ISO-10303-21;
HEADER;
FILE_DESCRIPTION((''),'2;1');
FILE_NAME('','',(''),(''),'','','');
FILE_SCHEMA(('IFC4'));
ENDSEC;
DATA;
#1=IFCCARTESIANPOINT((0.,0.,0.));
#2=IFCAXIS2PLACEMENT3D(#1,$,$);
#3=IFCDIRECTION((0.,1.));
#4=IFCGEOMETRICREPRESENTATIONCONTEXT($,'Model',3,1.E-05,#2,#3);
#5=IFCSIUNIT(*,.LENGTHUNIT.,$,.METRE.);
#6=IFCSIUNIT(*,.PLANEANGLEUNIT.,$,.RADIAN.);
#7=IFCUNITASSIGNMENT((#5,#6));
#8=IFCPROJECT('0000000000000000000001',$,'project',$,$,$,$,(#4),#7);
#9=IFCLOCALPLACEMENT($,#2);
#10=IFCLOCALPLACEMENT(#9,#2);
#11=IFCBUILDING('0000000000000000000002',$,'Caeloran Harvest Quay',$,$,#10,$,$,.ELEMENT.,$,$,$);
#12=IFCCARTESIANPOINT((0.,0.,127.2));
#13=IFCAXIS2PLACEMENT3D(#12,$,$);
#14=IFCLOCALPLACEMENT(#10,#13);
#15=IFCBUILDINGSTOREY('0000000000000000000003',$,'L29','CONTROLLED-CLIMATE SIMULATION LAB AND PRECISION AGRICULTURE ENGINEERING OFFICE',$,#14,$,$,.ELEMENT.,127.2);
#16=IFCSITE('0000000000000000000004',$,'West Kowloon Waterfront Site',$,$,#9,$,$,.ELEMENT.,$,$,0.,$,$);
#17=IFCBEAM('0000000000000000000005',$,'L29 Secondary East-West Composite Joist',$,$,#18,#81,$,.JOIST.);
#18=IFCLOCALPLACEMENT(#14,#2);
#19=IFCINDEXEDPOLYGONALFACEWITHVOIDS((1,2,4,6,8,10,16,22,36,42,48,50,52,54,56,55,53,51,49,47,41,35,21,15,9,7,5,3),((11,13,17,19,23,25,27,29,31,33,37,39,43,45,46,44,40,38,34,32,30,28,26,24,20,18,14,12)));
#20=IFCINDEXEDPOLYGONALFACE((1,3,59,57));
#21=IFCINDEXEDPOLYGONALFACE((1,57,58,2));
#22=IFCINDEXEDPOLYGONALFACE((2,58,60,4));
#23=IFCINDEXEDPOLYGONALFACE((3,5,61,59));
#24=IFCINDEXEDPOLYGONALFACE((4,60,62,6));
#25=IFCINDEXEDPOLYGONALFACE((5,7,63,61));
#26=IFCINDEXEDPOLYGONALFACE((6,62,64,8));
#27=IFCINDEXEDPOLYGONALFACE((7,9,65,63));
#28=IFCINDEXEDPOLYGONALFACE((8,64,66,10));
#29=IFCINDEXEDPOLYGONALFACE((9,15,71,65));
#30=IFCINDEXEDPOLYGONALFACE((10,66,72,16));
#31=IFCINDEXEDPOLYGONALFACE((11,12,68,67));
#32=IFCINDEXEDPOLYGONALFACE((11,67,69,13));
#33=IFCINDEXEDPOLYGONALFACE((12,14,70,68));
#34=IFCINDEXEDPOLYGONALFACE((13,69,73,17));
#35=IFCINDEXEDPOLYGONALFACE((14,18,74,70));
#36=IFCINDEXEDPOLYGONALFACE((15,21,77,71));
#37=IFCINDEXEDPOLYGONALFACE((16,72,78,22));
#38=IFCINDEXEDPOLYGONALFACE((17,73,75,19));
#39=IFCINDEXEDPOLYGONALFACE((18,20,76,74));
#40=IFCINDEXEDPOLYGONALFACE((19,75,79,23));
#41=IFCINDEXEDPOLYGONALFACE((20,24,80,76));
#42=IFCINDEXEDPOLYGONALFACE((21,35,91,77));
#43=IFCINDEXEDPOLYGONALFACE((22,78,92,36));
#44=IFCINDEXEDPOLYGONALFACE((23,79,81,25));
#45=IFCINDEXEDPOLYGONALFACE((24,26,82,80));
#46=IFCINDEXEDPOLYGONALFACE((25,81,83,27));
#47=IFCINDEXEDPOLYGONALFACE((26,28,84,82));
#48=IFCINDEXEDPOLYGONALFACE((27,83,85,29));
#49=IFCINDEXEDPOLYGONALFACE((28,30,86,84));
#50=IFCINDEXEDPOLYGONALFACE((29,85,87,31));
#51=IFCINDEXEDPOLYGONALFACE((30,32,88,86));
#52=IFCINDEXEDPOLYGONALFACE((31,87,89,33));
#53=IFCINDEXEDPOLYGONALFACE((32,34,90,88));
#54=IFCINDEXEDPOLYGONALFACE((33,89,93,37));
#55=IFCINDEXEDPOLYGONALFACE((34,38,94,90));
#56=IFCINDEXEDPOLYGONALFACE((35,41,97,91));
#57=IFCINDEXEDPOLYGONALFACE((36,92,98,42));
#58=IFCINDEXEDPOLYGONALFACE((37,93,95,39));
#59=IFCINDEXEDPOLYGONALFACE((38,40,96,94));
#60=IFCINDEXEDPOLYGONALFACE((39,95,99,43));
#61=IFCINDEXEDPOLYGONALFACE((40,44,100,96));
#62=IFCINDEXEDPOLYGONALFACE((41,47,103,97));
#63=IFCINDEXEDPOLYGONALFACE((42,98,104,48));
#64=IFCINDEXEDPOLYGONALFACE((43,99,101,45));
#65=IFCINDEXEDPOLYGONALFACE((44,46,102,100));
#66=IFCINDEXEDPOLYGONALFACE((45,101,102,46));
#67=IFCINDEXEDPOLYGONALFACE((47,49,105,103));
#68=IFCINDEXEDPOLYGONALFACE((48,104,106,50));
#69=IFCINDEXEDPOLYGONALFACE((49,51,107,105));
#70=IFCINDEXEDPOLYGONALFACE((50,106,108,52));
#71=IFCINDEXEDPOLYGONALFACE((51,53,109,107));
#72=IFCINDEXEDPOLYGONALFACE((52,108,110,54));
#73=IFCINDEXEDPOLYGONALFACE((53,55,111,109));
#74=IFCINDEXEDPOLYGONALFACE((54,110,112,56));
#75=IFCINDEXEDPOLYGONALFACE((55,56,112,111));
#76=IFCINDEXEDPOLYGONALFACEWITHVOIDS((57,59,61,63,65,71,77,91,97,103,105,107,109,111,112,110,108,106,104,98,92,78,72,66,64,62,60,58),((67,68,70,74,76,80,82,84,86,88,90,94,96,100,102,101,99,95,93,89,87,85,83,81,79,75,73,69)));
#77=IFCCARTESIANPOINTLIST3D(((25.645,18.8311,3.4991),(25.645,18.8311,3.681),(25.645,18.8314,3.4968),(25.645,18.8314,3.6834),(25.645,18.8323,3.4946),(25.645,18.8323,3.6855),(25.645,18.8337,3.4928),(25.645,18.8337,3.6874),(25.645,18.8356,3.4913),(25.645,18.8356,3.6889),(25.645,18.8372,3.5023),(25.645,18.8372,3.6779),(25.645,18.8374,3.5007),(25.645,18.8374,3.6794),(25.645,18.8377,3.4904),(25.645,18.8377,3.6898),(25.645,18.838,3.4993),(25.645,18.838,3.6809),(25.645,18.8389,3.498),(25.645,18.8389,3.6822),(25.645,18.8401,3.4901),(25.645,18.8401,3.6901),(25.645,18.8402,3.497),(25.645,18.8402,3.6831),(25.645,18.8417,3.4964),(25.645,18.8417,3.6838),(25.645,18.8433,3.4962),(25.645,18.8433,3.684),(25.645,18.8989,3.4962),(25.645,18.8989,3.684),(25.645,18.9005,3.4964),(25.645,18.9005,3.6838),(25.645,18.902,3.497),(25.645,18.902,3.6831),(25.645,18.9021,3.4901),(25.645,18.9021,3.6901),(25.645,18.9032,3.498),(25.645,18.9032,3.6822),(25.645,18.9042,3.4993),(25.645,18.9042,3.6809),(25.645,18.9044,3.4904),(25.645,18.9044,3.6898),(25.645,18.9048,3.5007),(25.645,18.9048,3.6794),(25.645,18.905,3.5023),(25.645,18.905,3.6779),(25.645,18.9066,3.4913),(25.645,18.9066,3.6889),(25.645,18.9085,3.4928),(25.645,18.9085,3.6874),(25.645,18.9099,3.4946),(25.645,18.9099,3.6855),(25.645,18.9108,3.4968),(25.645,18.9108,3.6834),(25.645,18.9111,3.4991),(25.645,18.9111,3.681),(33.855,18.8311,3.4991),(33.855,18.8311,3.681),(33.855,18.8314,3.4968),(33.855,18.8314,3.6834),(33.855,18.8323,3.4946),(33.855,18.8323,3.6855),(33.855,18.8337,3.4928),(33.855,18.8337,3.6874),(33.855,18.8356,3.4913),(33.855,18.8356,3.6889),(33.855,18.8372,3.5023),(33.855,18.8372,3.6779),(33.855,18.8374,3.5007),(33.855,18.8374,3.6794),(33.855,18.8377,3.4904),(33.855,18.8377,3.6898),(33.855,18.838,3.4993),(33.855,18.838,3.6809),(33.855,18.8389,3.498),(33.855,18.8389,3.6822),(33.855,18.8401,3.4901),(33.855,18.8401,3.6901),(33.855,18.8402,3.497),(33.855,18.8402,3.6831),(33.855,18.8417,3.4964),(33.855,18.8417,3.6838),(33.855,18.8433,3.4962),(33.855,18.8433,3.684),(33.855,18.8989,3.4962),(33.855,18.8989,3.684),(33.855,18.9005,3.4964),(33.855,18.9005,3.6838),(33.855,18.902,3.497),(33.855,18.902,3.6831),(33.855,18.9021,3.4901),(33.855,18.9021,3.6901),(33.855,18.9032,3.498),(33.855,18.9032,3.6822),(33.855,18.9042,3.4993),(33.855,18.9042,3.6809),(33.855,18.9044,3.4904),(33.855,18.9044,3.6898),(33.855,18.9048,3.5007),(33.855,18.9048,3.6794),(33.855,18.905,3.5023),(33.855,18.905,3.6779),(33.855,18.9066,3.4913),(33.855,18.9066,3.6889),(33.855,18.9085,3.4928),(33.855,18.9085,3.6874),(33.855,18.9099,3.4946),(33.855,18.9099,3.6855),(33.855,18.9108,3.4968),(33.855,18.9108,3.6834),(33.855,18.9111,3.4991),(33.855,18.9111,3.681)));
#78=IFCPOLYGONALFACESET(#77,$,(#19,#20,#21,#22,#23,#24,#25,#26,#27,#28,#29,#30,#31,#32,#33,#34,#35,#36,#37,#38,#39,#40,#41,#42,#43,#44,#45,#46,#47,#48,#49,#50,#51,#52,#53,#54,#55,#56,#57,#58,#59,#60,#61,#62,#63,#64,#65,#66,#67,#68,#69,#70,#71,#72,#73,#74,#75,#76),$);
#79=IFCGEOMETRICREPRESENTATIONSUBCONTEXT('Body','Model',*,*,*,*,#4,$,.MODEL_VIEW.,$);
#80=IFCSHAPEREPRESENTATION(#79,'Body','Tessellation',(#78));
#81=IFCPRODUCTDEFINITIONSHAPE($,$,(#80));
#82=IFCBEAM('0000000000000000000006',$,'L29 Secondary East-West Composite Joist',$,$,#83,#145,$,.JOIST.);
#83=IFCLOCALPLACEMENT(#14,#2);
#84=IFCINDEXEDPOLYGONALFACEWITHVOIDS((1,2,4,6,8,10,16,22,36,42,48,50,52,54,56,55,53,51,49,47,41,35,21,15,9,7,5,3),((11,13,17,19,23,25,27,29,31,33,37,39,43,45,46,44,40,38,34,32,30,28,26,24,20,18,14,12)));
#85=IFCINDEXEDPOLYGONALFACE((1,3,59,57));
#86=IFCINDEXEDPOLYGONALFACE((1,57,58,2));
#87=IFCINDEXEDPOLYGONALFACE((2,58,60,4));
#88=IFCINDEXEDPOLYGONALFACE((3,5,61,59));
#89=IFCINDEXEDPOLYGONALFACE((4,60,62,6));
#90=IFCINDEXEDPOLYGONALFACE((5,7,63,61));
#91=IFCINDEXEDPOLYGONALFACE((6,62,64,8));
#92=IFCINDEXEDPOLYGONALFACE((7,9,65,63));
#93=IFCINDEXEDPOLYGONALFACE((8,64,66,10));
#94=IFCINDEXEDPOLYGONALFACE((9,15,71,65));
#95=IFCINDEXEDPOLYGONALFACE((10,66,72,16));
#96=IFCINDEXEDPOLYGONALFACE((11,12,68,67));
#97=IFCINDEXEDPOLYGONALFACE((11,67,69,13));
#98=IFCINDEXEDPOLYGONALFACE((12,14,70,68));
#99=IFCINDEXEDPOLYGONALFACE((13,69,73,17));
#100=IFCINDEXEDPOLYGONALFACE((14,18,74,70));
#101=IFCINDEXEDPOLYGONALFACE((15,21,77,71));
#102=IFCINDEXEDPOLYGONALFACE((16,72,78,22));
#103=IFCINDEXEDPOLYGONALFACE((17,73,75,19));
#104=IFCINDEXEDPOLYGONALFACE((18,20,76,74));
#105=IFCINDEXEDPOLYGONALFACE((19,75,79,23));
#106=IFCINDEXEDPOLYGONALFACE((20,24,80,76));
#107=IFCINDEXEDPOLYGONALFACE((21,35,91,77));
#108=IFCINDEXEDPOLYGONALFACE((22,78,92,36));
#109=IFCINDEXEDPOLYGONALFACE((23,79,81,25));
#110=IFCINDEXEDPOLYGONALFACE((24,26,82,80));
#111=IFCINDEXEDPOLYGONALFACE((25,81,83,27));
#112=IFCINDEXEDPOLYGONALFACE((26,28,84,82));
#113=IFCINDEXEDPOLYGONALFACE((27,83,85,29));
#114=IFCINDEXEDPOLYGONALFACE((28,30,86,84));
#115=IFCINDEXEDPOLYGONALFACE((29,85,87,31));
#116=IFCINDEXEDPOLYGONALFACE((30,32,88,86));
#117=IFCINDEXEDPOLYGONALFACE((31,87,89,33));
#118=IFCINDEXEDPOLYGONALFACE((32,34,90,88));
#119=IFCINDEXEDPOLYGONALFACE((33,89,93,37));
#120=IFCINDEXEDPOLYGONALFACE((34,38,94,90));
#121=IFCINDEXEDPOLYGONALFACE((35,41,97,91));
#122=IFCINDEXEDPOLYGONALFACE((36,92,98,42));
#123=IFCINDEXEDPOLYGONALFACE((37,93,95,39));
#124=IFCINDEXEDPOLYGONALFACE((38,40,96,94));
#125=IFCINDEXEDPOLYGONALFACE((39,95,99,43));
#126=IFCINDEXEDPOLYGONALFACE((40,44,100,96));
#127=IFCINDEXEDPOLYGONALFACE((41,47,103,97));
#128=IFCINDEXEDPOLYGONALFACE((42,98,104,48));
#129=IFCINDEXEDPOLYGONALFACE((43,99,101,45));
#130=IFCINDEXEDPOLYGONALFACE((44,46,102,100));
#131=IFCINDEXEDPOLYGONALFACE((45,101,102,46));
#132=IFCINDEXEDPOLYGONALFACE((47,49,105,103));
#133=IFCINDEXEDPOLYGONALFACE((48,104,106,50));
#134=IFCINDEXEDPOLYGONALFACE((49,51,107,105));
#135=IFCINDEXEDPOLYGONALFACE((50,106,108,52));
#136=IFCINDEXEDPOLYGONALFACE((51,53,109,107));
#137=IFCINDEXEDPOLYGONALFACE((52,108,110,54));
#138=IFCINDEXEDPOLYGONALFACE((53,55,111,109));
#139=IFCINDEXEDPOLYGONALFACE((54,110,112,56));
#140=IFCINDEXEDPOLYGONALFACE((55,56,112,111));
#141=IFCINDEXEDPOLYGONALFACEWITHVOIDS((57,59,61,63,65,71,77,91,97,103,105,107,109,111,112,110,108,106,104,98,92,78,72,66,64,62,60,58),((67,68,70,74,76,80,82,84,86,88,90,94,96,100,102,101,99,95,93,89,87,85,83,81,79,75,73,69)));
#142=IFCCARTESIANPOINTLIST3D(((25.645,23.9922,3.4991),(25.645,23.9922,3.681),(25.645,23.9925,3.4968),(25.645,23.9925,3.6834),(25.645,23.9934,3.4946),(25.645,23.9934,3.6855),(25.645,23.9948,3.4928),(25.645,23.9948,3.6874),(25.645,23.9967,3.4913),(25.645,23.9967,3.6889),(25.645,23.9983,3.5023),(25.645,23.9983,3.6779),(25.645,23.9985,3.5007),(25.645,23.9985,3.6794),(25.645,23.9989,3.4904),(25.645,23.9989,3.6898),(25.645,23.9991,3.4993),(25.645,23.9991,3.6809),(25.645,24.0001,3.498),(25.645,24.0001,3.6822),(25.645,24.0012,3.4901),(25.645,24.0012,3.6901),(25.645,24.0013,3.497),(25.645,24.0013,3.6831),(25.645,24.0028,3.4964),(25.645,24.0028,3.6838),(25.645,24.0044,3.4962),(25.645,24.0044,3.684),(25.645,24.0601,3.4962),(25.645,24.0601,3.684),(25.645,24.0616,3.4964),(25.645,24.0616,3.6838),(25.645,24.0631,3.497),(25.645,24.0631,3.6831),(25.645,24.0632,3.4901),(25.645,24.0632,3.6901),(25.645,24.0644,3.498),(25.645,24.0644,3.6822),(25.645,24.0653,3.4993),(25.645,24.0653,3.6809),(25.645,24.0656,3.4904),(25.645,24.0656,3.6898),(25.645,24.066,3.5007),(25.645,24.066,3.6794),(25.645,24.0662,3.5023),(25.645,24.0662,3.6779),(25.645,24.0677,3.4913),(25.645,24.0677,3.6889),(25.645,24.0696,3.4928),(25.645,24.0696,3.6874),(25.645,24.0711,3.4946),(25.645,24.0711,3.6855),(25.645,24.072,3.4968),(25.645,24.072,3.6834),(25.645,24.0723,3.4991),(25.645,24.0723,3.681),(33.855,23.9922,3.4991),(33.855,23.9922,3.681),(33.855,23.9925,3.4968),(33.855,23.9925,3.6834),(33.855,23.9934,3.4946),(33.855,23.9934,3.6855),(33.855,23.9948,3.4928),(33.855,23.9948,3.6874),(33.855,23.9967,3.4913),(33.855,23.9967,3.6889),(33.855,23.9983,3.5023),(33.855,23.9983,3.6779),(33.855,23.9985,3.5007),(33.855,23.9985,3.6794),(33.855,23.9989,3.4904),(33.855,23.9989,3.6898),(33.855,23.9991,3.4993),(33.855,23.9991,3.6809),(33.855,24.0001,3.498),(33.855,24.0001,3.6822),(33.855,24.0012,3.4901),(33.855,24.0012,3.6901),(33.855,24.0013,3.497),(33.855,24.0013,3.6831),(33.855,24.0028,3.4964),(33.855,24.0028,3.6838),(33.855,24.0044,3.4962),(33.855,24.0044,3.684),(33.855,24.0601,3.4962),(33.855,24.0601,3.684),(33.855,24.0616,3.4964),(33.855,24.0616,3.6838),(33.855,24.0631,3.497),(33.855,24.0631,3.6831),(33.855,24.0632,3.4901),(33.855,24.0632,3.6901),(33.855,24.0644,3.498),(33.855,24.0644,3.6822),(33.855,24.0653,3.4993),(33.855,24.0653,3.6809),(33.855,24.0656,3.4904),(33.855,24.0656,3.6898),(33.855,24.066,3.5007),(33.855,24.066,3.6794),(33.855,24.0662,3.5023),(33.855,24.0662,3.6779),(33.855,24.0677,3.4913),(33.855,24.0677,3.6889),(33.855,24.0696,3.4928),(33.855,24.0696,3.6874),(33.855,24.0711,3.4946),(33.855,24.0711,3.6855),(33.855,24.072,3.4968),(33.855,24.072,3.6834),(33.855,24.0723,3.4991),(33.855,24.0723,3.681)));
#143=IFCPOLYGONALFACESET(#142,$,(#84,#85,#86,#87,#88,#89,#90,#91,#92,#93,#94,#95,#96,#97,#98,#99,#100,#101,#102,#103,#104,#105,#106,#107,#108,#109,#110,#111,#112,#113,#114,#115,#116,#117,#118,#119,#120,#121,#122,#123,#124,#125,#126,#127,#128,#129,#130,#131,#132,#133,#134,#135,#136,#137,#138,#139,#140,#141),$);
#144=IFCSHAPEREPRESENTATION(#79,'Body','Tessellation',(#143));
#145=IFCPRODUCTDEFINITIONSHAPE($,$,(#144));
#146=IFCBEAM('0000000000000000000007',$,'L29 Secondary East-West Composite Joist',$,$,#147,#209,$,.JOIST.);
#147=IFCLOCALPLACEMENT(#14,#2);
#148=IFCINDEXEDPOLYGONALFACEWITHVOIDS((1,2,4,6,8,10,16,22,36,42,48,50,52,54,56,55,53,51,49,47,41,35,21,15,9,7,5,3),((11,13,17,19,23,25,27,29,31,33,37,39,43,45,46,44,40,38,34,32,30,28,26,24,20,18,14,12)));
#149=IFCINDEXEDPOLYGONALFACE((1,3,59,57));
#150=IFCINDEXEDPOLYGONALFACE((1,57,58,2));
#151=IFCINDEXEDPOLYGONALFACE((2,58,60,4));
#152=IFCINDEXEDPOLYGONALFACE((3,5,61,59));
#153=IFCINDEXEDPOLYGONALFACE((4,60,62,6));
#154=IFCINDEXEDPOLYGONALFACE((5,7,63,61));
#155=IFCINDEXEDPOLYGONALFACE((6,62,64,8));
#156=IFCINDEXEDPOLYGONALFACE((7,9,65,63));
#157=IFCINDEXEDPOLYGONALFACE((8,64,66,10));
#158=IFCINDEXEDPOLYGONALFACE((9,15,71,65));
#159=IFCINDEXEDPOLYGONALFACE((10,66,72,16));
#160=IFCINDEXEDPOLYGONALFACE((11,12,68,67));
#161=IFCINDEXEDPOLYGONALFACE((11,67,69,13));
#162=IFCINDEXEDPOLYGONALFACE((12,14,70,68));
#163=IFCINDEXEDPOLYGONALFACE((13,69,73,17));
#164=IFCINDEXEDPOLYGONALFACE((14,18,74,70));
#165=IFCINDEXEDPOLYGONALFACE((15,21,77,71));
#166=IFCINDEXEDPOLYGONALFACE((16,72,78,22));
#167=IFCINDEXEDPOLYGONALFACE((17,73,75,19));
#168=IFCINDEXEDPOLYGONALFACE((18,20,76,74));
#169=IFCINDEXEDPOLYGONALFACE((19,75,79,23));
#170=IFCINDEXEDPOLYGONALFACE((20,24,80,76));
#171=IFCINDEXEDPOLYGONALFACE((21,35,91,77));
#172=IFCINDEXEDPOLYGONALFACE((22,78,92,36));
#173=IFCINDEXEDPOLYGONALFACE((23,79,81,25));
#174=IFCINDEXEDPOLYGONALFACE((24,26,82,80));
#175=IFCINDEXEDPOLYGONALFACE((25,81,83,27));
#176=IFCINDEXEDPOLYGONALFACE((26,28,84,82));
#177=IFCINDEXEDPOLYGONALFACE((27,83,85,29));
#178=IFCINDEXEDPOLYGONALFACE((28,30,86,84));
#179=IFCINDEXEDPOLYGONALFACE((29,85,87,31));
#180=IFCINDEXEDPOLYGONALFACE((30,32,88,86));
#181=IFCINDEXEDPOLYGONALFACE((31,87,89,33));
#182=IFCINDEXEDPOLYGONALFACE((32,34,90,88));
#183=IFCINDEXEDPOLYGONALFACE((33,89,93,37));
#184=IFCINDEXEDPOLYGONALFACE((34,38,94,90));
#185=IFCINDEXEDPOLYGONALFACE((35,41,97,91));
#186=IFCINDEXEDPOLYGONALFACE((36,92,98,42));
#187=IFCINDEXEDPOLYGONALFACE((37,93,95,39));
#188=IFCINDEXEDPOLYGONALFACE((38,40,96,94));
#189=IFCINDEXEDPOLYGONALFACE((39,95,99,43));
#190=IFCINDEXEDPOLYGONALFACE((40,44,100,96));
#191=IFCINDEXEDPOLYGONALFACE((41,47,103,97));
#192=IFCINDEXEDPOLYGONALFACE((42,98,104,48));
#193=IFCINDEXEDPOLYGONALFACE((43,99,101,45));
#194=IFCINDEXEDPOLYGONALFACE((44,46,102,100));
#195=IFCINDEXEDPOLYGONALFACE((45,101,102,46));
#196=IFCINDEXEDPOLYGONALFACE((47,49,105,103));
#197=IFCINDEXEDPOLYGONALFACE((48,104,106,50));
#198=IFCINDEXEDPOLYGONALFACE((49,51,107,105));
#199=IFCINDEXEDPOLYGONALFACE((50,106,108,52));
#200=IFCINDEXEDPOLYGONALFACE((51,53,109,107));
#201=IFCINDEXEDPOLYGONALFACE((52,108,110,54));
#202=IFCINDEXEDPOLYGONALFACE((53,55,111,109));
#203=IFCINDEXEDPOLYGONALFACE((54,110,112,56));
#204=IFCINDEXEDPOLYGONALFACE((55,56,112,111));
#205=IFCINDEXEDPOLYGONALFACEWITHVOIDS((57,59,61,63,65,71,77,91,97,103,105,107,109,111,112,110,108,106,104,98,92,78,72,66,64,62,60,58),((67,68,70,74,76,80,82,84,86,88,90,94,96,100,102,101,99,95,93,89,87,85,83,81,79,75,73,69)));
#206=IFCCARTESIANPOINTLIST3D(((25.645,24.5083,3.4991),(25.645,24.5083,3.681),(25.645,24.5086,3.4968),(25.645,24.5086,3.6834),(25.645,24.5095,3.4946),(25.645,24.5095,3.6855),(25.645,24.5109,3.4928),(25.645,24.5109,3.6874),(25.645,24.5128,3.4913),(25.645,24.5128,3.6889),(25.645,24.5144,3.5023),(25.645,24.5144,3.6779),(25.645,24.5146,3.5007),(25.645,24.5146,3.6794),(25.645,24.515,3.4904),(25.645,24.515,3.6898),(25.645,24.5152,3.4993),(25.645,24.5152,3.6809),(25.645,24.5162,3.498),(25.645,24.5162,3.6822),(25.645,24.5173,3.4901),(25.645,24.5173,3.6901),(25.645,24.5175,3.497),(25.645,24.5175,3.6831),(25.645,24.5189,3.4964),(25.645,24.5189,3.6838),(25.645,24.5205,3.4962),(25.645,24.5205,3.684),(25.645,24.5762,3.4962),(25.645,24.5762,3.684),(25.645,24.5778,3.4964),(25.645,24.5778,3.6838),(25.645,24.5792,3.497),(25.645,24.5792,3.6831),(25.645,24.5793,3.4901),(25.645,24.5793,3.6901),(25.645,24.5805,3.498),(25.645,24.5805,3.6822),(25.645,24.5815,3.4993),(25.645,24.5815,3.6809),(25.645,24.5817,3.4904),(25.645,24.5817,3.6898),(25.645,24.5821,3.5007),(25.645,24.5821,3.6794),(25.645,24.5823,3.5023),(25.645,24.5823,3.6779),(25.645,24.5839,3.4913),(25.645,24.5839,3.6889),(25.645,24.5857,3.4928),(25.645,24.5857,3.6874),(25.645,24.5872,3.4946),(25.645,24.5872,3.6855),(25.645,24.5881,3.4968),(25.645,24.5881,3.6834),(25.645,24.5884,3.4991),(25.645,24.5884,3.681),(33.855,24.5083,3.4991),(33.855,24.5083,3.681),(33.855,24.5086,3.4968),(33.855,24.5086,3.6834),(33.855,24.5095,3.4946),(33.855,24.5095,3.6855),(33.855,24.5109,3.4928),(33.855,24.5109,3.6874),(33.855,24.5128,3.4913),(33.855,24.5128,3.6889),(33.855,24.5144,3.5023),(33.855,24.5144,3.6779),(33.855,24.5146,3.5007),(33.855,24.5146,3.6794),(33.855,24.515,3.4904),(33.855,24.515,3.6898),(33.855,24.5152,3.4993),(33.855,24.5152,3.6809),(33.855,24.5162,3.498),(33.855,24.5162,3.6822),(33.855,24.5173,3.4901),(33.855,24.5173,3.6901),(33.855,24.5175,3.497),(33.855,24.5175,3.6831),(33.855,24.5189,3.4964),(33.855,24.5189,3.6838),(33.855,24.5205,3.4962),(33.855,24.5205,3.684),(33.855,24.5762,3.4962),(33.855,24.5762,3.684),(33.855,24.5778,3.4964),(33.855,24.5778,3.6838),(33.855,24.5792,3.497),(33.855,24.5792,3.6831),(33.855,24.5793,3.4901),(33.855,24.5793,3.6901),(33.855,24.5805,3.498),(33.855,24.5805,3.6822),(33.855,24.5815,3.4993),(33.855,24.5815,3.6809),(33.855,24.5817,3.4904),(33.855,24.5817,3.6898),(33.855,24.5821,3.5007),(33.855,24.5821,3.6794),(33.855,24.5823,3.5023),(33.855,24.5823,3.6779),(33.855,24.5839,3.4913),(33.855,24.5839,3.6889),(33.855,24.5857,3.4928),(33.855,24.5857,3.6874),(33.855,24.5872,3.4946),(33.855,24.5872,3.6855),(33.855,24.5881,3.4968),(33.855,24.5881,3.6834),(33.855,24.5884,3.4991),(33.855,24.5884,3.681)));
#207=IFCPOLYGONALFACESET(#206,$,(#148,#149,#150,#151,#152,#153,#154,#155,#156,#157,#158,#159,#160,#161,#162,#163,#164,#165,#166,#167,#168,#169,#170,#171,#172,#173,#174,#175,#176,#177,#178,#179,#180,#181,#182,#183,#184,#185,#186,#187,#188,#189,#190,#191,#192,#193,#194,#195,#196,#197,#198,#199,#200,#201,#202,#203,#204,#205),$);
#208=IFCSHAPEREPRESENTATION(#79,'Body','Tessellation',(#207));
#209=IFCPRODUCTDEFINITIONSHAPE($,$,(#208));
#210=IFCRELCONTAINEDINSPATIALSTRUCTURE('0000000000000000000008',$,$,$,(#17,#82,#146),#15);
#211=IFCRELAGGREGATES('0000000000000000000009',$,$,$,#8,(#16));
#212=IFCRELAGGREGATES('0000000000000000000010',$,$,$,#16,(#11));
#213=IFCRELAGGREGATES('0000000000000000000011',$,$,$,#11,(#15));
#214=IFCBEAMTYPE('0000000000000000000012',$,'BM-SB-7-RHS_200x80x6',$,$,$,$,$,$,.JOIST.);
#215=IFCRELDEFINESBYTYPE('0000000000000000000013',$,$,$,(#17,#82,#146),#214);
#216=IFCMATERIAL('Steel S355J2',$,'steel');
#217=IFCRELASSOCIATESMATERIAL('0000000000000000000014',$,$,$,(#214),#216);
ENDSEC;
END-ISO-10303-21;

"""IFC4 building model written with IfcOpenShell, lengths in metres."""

from ifc_helpers import new_model, si_unit, direction, frame, origin, origin_2d, place, context, subcontext, project, spatial, hollow_rectangle, extrude, material, material_profile, profile_set, type_object, element, save


model = new_model("IFC4")

# Units and contexts
model_context = context("Model", 3, precision=1e-05, world=origin(), true_north=direction((0.0, 1.0)))
body_context = subcontext(model_context, "Body", "Model", "MODEL_VIEW")
ifc_project = project(units=[si_unit("LENGTHUNIT", "METRE"), si_unit("PLANEANGLEUNIT", "RADIAN")], contexts=[model_context])

# Site, building, storey
site_placement = place(None, origin())
site = spatial("IfcSite", under=ifc_project, at=site_placement, Name="West Kowloon Waterfront Site", CompositionType="ELEMENT", RefElevation=0.0)
building_placement = place(site_placement, origin())
building = spatial("IfcBuilding", under=site, at=building_placement, Name="Caeloran Harvest Quay", CompositionType="ELEMENT")
storey_placement = place(building_placement, frame((0.0, 0.0, 127.2)))
storey = spatial("IfcBuildingStorey", under=building, at=storey_placement, Name="L29", Description="CONTROLLED-CLIMATE SIMULATION LAB AND PRECISION AGRICULTURE ENGINEERING OFFICE", CompositionType="ELEMENT", Elevation=127.2)

# Beams
ifc_material_1 = material(Name="Steel S355J2", Category="steel")
ifc_material_profile_1 = material_profile(ifc_material_1, hollow_rectangle(XDim=0.0801, YDim=0.2, WallThickness=0.0061, InnerFilletRadius=0.0061, OuterFilletRadius=0.009, at=origin_2d()), Name="RHS 200x80x6")
ifc_profile_set_1 = profile_set([ifc_material_profile_1], Name="Steel S355J2")
beam_type_1 = type_object("IfcBeamType", Name="BM-SB-7-RHS_200x80x6", PredefinedType="JOIST", material=ifc_profile_set_1)
for number, where, z_axis, x_axis, name in (
    (1, (25.645, 18.8711, 3.5901), (1.0, 0.0, 0.0), (0.0, 1.0, 0.0), "L29 Secondary East-West Composite Joist"),
    (2, (25.645, 24.0322, 3.5901), (1.0, 0.0, 0.0), (0.0, 1.0, 0.0), "L29 Secondary East-West Composite Joist"),
    (3, (25.645, 24.5483, 3.5901), (1.0, 0.0, 0.0), (0.0, 1.0, 0.0), "L29 Secondary East-West Composite Joist"),
):
    element("IfcBeam", number, at=place(storey_placement, frame(where, z_axis=z_axis, x_axis=x_axis)), inside=storey, type_object=beam_type_1, Name=name, PredefinedType="JOIST", context=body_context, shape_type="SweptSolid", body=[
        extrude(hollow_rectangle(XDim=0.0801, YDim=0.2, WallThickness=0.0061, InnerFilletRadius=0.0061, OuterFilletRadius=0.009, at=origin_2d()), origin(), (0.0, 0.0, 1.0), 8.21),
    ])

save(model, "model.ifc")
